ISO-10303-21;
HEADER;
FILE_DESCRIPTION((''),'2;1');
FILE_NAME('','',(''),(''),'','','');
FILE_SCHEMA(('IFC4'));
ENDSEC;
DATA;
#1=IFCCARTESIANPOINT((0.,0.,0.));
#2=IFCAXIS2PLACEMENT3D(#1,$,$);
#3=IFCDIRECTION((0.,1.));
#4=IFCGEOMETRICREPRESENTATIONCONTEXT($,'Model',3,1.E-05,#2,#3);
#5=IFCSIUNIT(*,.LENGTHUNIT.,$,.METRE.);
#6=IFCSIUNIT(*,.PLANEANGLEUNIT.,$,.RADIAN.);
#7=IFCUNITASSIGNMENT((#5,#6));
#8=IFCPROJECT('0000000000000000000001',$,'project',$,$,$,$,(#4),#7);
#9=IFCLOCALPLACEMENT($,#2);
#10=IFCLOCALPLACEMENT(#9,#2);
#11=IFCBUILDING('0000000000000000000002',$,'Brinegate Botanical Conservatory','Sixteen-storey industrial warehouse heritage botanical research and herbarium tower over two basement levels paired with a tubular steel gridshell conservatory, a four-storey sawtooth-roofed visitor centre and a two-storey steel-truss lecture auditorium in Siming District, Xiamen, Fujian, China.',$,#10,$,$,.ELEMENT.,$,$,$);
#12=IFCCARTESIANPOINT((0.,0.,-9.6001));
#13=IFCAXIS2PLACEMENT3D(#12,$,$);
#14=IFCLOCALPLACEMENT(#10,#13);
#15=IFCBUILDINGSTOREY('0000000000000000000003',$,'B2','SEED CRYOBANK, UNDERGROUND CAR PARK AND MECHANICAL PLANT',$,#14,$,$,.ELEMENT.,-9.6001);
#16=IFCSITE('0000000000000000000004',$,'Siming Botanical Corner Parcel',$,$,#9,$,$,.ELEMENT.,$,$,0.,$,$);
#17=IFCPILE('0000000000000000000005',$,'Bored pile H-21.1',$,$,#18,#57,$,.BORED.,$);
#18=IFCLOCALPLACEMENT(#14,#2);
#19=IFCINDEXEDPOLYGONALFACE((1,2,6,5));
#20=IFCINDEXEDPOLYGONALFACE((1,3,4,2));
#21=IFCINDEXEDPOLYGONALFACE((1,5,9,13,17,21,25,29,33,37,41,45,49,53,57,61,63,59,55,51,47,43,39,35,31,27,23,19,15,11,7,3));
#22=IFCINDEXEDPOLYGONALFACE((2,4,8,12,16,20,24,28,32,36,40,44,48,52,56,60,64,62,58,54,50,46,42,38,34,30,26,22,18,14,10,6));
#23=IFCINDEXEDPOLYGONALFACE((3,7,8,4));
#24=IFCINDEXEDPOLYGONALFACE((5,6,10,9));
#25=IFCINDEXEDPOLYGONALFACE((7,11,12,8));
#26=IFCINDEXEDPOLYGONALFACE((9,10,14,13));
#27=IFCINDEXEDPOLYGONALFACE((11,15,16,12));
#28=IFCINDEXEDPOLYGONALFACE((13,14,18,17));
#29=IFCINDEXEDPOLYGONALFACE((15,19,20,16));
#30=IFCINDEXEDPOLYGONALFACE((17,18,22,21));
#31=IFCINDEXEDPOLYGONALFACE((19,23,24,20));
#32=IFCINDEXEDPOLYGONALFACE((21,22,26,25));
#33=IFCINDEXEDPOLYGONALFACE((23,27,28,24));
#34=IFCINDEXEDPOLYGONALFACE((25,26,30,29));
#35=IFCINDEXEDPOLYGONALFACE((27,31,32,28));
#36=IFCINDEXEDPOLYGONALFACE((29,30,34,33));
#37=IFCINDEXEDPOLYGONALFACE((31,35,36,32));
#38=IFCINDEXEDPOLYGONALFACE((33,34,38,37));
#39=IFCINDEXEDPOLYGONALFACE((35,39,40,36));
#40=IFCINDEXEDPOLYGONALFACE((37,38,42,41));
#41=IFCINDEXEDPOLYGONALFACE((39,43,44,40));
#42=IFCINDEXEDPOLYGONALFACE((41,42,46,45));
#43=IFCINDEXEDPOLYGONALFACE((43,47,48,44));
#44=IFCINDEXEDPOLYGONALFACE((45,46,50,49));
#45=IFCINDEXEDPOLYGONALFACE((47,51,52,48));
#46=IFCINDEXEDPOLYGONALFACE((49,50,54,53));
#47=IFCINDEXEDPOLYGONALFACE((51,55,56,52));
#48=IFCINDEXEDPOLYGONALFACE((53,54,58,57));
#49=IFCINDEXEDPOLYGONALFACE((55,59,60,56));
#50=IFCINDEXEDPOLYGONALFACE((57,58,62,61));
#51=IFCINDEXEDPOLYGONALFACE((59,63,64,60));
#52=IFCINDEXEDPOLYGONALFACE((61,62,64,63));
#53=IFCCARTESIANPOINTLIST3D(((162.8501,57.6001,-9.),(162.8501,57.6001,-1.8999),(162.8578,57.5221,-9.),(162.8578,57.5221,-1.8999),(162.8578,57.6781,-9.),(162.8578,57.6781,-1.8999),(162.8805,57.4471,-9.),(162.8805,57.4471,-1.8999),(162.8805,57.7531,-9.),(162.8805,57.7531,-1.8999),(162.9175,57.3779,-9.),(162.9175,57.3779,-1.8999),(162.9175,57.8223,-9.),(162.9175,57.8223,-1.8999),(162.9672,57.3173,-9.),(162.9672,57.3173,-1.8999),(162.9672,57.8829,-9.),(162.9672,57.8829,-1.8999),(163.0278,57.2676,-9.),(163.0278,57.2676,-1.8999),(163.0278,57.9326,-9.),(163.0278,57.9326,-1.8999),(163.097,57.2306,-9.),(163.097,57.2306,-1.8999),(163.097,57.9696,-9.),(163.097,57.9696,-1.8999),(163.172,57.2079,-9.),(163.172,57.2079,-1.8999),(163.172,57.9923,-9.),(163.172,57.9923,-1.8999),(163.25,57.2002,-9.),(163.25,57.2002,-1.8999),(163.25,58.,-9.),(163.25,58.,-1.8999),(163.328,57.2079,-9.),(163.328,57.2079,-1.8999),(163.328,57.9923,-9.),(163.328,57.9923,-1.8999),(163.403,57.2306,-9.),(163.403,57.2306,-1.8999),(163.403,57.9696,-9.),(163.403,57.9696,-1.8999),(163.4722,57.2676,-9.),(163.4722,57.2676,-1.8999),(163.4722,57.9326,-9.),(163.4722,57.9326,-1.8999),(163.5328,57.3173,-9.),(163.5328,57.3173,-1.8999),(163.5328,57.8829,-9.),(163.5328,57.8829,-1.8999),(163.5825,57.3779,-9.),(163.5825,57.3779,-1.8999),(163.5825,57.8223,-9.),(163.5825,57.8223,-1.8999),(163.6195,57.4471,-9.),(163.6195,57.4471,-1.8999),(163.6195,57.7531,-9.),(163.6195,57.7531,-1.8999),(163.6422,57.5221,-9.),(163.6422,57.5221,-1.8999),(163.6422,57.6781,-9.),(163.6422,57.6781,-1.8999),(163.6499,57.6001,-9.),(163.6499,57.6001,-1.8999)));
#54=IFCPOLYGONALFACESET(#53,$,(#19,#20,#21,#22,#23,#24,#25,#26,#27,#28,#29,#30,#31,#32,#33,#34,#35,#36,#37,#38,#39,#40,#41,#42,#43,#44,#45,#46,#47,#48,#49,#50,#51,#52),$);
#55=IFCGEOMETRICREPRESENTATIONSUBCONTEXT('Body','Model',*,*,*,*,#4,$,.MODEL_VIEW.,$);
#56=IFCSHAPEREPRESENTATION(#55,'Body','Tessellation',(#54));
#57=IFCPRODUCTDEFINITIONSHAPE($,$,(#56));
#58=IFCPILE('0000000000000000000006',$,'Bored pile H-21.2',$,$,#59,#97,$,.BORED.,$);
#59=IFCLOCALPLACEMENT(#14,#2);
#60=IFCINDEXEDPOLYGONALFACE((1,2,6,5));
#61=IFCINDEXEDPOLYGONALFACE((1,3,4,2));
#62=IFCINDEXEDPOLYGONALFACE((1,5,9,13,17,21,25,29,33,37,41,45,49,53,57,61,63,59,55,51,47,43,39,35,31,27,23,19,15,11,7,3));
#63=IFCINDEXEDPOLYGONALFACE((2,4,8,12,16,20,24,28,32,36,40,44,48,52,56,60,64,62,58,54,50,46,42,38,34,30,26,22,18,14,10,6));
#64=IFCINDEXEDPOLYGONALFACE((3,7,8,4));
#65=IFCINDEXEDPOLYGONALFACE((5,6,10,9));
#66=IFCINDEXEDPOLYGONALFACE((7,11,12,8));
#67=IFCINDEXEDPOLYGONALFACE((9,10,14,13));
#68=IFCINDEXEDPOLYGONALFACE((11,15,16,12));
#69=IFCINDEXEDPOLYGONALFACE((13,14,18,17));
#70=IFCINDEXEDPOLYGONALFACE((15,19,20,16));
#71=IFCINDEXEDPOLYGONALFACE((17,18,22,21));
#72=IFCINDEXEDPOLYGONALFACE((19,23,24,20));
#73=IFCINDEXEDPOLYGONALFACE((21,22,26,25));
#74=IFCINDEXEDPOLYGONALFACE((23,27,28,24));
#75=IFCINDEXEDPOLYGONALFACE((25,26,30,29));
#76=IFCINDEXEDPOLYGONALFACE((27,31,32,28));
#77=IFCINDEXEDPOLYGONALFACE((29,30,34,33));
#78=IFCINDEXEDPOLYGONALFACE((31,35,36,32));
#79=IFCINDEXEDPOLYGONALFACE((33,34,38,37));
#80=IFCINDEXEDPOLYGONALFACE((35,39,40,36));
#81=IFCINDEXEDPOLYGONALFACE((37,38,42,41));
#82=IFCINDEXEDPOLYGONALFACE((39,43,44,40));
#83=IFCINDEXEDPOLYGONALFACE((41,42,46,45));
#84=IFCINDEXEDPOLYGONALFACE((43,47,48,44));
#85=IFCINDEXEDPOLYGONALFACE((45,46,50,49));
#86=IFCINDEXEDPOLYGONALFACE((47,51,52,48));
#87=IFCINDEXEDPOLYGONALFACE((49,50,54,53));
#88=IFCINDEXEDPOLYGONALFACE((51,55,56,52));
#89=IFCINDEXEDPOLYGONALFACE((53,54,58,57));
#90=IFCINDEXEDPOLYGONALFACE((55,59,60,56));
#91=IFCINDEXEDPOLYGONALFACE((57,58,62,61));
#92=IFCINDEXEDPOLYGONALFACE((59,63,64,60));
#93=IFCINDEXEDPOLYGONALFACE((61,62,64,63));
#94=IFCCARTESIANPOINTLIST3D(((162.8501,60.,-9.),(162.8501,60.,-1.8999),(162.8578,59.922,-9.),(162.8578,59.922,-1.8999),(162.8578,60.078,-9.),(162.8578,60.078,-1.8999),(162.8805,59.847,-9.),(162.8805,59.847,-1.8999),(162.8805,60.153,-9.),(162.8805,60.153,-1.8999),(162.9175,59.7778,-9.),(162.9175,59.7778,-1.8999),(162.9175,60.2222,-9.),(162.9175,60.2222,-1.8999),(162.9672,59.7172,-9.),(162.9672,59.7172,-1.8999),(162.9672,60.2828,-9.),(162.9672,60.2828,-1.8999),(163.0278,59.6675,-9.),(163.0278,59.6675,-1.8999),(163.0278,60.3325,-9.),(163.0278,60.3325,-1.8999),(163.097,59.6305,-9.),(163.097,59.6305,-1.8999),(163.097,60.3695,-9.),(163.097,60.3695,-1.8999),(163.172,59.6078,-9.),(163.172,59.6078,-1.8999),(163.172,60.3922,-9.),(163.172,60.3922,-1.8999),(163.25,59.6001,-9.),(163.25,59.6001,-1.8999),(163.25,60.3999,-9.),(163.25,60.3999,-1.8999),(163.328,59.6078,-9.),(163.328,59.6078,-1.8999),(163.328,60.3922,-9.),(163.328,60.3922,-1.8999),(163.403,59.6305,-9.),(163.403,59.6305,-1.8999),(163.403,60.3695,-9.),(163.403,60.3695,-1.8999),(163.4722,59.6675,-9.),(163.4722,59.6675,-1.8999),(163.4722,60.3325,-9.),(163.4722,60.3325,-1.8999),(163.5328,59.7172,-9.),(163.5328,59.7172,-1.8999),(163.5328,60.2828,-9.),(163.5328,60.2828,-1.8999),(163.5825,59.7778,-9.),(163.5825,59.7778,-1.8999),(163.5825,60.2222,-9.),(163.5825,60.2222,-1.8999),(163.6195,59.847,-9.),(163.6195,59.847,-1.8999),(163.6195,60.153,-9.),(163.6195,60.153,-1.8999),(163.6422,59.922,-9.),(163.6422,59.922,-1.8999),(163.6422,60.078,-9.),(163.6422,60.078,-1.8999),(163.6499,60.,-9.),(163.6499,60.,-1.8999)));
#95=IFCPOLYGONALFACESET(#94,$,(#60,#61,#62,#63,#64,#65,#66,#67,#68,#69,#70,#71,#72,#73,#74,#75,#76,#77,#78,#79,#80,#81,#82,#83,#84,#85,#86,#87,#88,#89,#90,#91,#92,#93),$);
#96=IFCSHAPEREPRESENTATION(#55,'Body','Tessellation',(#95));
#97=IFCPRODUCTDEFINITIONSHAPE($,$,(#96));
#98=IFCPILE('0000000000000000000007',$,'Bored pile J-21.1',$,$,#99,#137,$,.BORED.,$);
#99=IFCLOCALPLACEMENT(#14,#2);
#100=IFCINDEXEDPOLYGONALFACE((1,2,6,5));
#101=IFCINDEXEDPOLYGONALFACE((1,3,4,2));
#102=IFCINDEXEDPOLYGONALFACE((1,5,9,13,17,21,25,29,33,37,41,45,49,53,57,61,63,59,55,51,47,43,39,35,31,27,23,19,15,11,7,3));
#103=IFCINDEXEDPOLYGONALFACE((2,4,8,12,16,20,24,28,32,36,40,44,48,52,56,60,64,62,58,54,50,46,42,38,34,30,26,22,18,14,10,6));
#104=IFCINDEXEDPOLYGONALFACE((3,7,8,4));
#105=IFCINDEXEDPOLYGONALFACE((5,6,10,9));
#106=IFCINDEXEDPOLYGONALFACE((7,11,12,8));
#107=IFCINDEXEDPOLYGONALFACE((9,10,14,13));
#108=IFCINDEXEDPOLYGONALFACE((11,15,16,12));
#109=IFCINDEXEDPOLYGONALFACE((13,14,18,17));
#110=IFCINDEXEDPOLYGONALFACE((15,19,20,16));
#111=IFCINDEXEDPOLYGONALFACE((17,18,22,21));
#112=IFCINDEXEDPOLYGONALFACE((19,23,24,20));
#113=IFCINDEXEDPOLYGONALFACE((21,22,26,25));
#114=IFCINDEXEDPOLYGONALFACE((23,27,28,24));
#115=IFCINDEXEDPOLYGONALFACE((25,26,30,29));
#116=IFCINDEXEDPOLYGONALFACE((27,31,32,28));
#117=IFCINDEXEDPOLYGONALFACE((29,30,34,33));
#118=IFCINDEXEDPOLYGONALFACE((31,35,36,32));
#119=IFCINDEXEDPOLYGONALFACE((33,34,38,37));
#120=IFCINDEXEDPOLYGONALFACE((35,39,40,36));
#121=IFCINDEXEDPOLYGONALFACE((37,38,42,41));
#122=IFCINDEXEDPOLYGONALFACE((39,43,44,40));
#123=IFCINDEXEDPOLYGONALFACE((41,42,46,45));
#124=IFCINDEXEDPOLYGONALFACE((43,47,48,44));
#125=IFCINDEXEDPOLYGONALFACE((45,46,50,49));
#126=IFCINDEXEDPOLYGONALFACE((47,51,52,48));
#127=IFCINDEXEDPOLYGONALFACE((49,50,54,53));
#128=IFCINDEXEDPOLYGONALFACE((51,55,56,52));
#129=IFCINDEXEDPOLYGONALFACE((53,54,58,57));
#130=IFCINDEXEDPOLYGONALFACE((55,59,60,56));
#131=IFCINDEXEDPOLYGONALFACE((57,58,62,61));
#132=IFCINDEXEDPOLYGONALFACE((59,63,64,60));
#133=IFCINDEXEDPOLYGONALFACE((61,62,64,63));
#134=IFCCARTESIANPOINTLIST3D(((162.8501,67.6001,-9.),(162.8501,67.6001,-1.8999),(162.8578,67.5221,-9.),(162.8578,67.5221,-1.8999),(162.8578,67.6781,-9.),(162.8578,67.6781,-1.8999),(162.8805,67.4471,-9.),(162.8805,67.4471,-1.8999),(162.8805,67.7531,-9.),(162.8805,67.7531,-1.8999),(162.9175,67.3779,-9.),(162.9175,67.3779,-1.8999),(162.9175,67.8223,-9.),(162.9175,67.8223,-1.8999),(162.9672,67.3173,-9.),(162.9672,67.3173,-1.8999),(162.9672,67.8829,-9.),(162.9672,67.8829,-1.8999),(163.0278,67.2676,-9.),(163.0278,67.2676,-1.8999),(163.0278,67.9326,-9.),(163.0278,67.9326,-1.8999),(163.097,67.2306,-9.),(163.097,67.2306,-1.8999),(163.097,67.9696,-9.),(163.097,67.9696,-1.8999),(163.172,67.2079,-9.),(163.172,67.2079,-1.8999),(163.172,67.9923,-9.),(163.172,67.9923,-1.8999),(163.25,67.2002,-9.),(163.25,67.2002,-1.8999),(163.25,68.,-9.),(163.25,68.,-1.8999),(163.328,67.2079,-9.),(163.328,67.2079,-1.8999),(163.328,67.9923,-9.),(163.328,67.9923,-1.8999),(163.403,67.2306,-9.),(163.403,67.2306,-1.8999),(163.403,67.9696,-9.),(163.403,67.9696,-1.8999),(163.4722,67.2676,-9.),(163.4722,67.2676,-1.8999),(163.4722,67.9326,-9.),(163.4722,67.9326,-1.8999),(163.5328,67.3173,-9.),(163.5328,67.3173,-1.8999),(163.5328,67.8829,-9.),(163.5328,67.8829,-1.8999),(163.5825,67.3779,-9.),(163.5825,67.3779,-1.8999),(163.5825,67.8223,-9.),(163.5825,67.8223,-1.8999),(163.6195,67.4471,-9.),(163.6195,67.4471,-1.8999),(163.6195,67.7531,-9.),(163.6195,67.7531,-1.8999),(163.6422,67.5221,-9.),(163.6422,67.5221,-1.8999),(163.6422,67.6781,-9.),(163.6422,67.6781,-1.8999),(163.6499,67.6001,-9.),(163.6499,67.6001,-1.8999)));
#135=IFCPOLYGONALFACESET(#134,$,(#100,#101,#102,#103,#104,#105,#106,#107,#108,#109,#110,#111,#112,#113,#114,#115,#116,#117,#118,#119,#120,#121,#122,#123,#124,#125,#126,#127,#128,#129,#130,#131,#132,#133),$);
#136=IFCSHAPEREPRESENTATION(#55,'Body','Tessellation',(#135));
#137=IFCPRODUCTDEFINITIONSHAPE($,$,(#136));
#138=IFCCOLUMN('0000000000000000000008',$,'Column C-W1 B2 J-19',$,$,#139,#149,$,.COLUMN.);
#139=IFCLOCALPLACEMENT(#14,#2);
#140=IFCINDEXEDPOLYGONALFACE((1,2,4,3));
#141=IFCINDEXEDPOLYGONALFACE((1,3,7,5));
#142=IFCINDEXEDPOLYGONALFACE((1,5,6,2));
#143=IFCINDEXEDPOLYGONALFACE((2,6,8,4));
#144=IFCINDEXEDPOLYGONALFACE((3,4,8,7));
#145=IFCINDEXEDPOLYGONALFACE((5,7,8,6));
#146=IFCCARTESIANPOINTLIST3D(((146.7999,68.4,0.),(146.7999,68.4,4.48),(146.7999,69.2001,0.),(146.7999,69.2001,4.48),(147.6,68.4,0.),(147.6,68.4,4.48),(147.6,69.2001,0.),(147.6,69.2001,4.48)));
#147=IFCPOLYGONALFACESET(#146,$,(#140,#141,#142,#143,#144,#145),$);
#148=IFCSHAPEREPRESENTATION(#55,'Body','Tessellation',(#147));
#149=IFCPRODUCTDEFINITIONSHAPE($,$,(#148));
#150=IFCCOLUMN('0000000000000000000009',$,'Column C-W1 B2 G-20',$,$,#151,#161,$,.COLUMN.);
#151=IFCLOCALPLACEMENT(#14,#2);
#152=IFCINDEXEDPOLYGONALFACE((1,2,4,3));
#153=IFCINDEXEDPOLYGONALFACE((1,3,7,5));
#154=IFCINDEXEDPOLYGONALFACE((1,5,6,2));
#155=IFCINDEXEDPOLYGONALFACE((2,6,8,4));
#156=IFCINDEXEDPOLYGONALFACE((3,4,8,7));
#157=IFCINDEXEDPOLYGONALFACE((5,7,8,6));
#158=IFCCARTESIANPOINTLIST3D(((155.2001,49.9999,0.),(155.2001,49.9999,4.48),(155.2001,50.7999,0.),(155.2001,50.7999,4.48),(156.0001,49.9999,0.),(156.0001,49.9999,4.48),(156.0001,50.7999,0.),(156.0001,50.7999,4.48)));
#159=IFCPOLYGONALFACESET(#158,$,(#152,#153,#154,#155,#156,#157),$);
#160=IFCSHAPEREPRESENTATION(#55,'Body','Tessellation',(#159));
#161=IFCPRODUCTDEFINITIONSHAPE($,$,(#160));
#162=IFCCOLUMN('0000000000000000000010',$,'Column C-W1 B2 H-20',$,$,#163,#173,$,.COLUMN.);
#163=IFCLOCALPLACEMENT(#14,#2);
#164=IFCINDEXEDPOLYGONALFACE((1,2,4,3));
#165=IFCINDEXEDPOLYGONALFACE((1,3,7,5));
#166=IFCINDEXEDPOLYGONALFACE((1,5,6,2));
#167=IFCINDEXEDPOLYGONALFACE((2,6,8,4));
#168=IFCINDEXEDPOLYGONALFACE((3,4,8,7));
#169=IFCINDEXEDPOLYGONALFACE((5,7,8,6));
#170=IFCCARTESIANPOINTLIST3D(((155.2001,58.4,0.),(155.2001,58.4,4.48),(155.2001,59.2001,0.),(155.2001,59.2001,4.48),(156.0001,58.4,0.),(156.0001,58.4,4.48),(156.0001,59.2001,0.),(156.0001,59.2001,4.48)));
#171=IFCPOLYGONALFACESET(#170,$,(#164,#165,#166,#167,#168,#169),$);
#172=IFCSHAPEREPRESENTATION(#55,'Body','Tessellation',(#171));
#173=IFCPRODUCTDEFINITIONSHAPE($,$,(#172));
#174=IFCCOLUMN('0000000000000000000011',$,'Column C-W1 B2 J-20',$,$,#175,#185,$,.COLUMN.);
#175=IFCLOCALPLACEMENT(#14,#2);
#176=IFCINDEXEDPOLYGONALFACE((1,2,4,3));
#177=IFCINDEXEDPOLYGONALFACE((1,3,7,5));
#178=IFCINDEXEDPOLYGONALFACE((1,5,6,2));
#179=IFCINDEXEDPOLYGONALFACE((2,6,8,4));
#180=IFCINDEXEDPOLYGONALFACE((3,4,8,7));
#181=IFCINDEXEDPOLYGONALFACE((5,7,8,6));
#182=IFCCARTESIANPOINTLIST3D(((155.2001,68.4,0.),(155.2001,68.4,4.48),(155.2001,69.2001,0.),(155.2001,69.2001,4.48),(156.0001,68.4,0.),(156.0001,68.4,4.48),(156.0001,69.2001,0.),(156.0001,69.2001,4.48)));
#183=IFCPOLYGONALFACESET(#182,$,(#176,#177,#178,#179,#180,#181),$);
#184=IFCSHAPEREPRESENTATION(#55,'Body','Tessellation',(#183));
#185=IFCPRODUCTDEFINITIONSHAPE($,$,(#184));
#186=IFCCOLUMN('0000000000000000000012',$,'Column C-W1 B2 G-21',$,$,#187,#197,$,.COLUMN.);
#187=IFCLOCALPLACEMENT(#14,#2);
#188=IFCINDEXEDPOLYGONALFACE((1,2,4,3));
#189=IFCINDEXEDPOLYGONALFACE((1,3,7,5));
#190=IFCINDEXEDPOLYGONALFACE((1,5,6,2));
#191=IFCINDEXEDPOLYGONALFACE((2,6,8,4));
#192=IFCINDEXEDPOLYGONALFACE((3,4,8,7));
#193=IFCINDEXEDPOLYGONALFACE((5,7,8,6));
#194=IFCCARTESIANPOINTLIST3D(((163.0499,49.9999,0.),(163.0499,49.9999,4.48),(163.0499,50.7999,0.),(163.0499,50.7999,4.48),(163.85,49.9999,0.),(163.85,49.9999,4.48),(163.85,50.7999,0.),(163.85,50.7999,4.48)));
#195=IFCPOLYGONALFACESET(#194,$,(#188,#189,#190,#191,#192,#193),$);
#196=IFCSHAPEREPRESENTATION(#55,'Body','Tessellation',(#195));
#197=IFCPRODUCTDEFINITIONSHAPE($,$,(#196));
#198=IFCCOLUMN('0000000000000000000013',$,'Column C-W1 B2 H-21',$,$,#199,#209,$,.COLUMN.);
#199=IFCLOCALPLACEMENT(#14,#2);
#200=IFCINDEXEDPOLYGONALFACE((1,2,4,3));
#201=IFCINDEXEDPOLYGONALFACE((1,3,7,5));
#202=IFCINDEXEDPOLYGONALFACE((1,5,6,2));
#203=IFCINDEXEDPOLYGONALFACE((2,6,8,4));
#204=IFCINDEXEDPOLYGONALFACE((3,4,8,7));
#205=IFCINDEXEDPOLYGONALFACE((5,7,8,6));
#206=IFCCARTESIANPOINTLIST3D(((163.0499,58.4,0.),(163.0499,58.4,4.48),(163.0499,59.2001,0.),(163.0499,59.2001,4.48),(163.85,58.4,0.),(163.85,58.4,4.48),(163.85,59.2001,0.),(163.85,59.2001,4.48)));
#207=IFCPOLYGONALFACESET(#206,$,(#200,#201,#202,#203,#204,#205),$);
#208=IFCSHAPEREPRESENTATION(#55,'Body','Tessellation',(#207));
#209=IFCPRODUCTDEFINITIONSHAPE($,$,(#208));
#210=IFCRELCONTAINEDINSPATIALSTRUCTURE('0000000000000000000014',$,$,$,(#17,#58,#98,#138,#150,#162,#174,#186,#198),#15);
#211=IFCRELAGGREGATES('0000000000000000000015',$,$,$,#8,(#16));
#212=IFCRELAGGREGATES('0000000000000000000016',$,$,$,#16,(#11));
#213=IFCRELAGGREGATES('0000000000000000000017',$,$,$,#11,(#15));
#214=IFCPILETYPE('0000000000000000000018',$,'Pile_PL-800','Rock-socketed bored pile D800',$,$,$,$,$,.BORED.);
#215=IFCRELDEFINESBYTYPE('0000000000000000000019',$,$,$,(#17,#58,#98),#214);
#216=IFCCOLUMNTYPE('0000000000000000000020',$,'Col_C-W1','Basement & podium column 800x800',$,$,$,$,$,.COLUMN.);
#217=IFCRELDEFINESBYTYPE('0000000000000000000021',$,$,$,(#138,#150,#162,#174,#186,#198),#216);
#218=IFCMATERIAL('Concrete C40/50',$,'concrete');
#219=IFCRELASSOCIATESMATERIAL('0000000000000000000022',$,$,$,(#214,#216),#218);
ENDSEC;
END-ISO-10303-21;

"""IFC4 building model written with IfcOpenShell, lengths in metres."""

from ifc_helpers import new_model, si_unit, direction, frame, origin, origin_2d, place, context, subcontext, project, spatial, rectangle, circle, extrude, material, material_profile, profile_set, type_object, element, save


model = new_model("IFC4")

# Units and contexts
model_context = context("Model", 3, precision=1e-05, world=origin(), true_north=direction((0.0, 1.0)))
body_context = subcontext(model_context, "Body", "Model", "MODEL_VIEW")
ifc_project = project(units=[si_unit("LENGTHUNIT", "METRE"), si_unit("PLANEANGLEUNIT", "RADIAN")], contexts=[model_context])

# Site, building, storey
site_placement = place(None, origin())
site = spatial("IfcSite", under=ifc_project, at=site_placement, Name="Siming Botanical Corner Parcel", CompositionType="ELEMENT", RefElevation=0.0)
building_placement = place(site_placement, origin())
building = spatial("IfcBuilding", under=site, at=building_placement, Name="Brinegate Botanical Conservatory", Description="Sixteen-storey industrial warehouse heritage botanical research and herbarium tower over two basement levels paired with a tubular steel gridshell conservatory, a four-storey sawtooth-roofed visitor centre and a two-storey steel-truss lecture auditorium in Siming District, Xiamen, Fujian, China.", CompositionType="ELEMENT")
storey_placement = place(building_placement, frame((0.0, 0.0, -9.6001)))
storey = spatial("IfcBuildingStorey", under=building, at=storey_placement, Name="B2", Description="SEED CRYOBANK, UNDERGROUND CAR PARK AND MECHANICAL PLANT", CompositionType="ELEMENT", Elevation=-9.6001)

# Shared definitions
ifc_material = material(Name="Concrete C40/50", Category="concrete")

# Piles
ifc_material_profile_1 = material_profile(ifc_material, circle(Radius=0.3999, at=origin_2d()), Name="PILE D800")
ifc_profile_set_1 = profile_set([ifc_material_profile_1], Name="Concrete C40/50")
pile_type = type_object("IfcPileType", Name="Pile_PL-800", Description="Rock-socketed bored pile D800", PredefinedType="BORED", material=ifc_profile_set_1)
for number, where, z_axis, x_axis, name in (
    (1, (163.25, 57.6001, -1.8999), (0.0, 0.0, -1.0), (1.0, 0.0, 0.0), "Bored pile H-21.1"),
    (2, (163.25, 60.0, -1.8999), (0.0, 0.0, -1.0), (1.0, 0.0, 0.0), "Bored pile H-21.2"),
    (3, (163.25, 67.6001, -1.8999), (0.0, 0.0, -1.0), (1.0, 0.0, 0.0), "Bored pile J-21.1"),
):
    element("IfcPile", number, at=place(storey_placement, frame(where, z_axis=z_axis, x_axis=x_axis)), inside=storey, type_object=pile_type, Name=name, PredefinedType="BORED", context=body_context, shape_type="SweptSolid", body=[
        extrude(circle(Radius=0.3999, at=origin_2d()), origin(), (0.0, 0.0, 1.0), 7.1001),
    ])

# Columns
ifc_material_profile_2 = material_profile(ifc_material, rectangle(XDim=0.8, YDim=0.8, at=origin_2d()), Name="RC COL 800x800")
ifc_profile_set_2 = profile_set([ifc_material_profile_2], Name="Concrete C40/50")
column_type = type_object("IfcColumnType", Name="Col_C-W1", Description="Basement & podium column 800x800", PredefinedType="COLUMN", material=ifc_profile_set_2)
for number, where, z_axis, x_axis, name in (
    (4, (147.2, 68.8, 0.0), (0.0, 0.0, 1.0), (1.0, 0.0, 0.0), "Column C-W1 B2 J-19"),
    (5, (155.6001, 50.3999, 0.0), (0.0, 0.0, 1.0), (1.0, 0.0, 0.0), "Column C-W1 B2 G-20"),
    (6, (155.6001, 58.8, 0.0), (0.0, 0.0, 1.0), (1.0, 0.0, 0.0), "Column C-W1 B2 H-20"),
    (7, (155.6001, 68.8, 0.0), (0.0, 0.0, 1.0), (1.0, 0.0, 0.0), "Column C-W1 B2 J-20"),
    (8, (163.45, 50.3999, 0.0), (0.0, 0.0, 1.0), (1.0, 0.0, 0.0), "Column C-W1 B2 G-21"),
    (9, (163.45, 58.8, 0.0), (0.0, 0.0, 1.0), (1.0, 0.0, 0.0), "Column C-W1 B2 H-21"),
):
    element("IfcColumn", number, at=place(storey_placement, frame(where, z_axis=z_axis, x_axis=x_axis)), inside=storey, type_object=column_type, Name=name, PredefinedType="COLUMN", context=body_context, shape_type="SweptSolid", body=[
        extrude(rectangle(XDim=0.8, YDim=0.8, at=origin_2d()), origin(), (0.0, 0.0, 1.0), 4.48),
    ])

save(model, "model.ifc")
